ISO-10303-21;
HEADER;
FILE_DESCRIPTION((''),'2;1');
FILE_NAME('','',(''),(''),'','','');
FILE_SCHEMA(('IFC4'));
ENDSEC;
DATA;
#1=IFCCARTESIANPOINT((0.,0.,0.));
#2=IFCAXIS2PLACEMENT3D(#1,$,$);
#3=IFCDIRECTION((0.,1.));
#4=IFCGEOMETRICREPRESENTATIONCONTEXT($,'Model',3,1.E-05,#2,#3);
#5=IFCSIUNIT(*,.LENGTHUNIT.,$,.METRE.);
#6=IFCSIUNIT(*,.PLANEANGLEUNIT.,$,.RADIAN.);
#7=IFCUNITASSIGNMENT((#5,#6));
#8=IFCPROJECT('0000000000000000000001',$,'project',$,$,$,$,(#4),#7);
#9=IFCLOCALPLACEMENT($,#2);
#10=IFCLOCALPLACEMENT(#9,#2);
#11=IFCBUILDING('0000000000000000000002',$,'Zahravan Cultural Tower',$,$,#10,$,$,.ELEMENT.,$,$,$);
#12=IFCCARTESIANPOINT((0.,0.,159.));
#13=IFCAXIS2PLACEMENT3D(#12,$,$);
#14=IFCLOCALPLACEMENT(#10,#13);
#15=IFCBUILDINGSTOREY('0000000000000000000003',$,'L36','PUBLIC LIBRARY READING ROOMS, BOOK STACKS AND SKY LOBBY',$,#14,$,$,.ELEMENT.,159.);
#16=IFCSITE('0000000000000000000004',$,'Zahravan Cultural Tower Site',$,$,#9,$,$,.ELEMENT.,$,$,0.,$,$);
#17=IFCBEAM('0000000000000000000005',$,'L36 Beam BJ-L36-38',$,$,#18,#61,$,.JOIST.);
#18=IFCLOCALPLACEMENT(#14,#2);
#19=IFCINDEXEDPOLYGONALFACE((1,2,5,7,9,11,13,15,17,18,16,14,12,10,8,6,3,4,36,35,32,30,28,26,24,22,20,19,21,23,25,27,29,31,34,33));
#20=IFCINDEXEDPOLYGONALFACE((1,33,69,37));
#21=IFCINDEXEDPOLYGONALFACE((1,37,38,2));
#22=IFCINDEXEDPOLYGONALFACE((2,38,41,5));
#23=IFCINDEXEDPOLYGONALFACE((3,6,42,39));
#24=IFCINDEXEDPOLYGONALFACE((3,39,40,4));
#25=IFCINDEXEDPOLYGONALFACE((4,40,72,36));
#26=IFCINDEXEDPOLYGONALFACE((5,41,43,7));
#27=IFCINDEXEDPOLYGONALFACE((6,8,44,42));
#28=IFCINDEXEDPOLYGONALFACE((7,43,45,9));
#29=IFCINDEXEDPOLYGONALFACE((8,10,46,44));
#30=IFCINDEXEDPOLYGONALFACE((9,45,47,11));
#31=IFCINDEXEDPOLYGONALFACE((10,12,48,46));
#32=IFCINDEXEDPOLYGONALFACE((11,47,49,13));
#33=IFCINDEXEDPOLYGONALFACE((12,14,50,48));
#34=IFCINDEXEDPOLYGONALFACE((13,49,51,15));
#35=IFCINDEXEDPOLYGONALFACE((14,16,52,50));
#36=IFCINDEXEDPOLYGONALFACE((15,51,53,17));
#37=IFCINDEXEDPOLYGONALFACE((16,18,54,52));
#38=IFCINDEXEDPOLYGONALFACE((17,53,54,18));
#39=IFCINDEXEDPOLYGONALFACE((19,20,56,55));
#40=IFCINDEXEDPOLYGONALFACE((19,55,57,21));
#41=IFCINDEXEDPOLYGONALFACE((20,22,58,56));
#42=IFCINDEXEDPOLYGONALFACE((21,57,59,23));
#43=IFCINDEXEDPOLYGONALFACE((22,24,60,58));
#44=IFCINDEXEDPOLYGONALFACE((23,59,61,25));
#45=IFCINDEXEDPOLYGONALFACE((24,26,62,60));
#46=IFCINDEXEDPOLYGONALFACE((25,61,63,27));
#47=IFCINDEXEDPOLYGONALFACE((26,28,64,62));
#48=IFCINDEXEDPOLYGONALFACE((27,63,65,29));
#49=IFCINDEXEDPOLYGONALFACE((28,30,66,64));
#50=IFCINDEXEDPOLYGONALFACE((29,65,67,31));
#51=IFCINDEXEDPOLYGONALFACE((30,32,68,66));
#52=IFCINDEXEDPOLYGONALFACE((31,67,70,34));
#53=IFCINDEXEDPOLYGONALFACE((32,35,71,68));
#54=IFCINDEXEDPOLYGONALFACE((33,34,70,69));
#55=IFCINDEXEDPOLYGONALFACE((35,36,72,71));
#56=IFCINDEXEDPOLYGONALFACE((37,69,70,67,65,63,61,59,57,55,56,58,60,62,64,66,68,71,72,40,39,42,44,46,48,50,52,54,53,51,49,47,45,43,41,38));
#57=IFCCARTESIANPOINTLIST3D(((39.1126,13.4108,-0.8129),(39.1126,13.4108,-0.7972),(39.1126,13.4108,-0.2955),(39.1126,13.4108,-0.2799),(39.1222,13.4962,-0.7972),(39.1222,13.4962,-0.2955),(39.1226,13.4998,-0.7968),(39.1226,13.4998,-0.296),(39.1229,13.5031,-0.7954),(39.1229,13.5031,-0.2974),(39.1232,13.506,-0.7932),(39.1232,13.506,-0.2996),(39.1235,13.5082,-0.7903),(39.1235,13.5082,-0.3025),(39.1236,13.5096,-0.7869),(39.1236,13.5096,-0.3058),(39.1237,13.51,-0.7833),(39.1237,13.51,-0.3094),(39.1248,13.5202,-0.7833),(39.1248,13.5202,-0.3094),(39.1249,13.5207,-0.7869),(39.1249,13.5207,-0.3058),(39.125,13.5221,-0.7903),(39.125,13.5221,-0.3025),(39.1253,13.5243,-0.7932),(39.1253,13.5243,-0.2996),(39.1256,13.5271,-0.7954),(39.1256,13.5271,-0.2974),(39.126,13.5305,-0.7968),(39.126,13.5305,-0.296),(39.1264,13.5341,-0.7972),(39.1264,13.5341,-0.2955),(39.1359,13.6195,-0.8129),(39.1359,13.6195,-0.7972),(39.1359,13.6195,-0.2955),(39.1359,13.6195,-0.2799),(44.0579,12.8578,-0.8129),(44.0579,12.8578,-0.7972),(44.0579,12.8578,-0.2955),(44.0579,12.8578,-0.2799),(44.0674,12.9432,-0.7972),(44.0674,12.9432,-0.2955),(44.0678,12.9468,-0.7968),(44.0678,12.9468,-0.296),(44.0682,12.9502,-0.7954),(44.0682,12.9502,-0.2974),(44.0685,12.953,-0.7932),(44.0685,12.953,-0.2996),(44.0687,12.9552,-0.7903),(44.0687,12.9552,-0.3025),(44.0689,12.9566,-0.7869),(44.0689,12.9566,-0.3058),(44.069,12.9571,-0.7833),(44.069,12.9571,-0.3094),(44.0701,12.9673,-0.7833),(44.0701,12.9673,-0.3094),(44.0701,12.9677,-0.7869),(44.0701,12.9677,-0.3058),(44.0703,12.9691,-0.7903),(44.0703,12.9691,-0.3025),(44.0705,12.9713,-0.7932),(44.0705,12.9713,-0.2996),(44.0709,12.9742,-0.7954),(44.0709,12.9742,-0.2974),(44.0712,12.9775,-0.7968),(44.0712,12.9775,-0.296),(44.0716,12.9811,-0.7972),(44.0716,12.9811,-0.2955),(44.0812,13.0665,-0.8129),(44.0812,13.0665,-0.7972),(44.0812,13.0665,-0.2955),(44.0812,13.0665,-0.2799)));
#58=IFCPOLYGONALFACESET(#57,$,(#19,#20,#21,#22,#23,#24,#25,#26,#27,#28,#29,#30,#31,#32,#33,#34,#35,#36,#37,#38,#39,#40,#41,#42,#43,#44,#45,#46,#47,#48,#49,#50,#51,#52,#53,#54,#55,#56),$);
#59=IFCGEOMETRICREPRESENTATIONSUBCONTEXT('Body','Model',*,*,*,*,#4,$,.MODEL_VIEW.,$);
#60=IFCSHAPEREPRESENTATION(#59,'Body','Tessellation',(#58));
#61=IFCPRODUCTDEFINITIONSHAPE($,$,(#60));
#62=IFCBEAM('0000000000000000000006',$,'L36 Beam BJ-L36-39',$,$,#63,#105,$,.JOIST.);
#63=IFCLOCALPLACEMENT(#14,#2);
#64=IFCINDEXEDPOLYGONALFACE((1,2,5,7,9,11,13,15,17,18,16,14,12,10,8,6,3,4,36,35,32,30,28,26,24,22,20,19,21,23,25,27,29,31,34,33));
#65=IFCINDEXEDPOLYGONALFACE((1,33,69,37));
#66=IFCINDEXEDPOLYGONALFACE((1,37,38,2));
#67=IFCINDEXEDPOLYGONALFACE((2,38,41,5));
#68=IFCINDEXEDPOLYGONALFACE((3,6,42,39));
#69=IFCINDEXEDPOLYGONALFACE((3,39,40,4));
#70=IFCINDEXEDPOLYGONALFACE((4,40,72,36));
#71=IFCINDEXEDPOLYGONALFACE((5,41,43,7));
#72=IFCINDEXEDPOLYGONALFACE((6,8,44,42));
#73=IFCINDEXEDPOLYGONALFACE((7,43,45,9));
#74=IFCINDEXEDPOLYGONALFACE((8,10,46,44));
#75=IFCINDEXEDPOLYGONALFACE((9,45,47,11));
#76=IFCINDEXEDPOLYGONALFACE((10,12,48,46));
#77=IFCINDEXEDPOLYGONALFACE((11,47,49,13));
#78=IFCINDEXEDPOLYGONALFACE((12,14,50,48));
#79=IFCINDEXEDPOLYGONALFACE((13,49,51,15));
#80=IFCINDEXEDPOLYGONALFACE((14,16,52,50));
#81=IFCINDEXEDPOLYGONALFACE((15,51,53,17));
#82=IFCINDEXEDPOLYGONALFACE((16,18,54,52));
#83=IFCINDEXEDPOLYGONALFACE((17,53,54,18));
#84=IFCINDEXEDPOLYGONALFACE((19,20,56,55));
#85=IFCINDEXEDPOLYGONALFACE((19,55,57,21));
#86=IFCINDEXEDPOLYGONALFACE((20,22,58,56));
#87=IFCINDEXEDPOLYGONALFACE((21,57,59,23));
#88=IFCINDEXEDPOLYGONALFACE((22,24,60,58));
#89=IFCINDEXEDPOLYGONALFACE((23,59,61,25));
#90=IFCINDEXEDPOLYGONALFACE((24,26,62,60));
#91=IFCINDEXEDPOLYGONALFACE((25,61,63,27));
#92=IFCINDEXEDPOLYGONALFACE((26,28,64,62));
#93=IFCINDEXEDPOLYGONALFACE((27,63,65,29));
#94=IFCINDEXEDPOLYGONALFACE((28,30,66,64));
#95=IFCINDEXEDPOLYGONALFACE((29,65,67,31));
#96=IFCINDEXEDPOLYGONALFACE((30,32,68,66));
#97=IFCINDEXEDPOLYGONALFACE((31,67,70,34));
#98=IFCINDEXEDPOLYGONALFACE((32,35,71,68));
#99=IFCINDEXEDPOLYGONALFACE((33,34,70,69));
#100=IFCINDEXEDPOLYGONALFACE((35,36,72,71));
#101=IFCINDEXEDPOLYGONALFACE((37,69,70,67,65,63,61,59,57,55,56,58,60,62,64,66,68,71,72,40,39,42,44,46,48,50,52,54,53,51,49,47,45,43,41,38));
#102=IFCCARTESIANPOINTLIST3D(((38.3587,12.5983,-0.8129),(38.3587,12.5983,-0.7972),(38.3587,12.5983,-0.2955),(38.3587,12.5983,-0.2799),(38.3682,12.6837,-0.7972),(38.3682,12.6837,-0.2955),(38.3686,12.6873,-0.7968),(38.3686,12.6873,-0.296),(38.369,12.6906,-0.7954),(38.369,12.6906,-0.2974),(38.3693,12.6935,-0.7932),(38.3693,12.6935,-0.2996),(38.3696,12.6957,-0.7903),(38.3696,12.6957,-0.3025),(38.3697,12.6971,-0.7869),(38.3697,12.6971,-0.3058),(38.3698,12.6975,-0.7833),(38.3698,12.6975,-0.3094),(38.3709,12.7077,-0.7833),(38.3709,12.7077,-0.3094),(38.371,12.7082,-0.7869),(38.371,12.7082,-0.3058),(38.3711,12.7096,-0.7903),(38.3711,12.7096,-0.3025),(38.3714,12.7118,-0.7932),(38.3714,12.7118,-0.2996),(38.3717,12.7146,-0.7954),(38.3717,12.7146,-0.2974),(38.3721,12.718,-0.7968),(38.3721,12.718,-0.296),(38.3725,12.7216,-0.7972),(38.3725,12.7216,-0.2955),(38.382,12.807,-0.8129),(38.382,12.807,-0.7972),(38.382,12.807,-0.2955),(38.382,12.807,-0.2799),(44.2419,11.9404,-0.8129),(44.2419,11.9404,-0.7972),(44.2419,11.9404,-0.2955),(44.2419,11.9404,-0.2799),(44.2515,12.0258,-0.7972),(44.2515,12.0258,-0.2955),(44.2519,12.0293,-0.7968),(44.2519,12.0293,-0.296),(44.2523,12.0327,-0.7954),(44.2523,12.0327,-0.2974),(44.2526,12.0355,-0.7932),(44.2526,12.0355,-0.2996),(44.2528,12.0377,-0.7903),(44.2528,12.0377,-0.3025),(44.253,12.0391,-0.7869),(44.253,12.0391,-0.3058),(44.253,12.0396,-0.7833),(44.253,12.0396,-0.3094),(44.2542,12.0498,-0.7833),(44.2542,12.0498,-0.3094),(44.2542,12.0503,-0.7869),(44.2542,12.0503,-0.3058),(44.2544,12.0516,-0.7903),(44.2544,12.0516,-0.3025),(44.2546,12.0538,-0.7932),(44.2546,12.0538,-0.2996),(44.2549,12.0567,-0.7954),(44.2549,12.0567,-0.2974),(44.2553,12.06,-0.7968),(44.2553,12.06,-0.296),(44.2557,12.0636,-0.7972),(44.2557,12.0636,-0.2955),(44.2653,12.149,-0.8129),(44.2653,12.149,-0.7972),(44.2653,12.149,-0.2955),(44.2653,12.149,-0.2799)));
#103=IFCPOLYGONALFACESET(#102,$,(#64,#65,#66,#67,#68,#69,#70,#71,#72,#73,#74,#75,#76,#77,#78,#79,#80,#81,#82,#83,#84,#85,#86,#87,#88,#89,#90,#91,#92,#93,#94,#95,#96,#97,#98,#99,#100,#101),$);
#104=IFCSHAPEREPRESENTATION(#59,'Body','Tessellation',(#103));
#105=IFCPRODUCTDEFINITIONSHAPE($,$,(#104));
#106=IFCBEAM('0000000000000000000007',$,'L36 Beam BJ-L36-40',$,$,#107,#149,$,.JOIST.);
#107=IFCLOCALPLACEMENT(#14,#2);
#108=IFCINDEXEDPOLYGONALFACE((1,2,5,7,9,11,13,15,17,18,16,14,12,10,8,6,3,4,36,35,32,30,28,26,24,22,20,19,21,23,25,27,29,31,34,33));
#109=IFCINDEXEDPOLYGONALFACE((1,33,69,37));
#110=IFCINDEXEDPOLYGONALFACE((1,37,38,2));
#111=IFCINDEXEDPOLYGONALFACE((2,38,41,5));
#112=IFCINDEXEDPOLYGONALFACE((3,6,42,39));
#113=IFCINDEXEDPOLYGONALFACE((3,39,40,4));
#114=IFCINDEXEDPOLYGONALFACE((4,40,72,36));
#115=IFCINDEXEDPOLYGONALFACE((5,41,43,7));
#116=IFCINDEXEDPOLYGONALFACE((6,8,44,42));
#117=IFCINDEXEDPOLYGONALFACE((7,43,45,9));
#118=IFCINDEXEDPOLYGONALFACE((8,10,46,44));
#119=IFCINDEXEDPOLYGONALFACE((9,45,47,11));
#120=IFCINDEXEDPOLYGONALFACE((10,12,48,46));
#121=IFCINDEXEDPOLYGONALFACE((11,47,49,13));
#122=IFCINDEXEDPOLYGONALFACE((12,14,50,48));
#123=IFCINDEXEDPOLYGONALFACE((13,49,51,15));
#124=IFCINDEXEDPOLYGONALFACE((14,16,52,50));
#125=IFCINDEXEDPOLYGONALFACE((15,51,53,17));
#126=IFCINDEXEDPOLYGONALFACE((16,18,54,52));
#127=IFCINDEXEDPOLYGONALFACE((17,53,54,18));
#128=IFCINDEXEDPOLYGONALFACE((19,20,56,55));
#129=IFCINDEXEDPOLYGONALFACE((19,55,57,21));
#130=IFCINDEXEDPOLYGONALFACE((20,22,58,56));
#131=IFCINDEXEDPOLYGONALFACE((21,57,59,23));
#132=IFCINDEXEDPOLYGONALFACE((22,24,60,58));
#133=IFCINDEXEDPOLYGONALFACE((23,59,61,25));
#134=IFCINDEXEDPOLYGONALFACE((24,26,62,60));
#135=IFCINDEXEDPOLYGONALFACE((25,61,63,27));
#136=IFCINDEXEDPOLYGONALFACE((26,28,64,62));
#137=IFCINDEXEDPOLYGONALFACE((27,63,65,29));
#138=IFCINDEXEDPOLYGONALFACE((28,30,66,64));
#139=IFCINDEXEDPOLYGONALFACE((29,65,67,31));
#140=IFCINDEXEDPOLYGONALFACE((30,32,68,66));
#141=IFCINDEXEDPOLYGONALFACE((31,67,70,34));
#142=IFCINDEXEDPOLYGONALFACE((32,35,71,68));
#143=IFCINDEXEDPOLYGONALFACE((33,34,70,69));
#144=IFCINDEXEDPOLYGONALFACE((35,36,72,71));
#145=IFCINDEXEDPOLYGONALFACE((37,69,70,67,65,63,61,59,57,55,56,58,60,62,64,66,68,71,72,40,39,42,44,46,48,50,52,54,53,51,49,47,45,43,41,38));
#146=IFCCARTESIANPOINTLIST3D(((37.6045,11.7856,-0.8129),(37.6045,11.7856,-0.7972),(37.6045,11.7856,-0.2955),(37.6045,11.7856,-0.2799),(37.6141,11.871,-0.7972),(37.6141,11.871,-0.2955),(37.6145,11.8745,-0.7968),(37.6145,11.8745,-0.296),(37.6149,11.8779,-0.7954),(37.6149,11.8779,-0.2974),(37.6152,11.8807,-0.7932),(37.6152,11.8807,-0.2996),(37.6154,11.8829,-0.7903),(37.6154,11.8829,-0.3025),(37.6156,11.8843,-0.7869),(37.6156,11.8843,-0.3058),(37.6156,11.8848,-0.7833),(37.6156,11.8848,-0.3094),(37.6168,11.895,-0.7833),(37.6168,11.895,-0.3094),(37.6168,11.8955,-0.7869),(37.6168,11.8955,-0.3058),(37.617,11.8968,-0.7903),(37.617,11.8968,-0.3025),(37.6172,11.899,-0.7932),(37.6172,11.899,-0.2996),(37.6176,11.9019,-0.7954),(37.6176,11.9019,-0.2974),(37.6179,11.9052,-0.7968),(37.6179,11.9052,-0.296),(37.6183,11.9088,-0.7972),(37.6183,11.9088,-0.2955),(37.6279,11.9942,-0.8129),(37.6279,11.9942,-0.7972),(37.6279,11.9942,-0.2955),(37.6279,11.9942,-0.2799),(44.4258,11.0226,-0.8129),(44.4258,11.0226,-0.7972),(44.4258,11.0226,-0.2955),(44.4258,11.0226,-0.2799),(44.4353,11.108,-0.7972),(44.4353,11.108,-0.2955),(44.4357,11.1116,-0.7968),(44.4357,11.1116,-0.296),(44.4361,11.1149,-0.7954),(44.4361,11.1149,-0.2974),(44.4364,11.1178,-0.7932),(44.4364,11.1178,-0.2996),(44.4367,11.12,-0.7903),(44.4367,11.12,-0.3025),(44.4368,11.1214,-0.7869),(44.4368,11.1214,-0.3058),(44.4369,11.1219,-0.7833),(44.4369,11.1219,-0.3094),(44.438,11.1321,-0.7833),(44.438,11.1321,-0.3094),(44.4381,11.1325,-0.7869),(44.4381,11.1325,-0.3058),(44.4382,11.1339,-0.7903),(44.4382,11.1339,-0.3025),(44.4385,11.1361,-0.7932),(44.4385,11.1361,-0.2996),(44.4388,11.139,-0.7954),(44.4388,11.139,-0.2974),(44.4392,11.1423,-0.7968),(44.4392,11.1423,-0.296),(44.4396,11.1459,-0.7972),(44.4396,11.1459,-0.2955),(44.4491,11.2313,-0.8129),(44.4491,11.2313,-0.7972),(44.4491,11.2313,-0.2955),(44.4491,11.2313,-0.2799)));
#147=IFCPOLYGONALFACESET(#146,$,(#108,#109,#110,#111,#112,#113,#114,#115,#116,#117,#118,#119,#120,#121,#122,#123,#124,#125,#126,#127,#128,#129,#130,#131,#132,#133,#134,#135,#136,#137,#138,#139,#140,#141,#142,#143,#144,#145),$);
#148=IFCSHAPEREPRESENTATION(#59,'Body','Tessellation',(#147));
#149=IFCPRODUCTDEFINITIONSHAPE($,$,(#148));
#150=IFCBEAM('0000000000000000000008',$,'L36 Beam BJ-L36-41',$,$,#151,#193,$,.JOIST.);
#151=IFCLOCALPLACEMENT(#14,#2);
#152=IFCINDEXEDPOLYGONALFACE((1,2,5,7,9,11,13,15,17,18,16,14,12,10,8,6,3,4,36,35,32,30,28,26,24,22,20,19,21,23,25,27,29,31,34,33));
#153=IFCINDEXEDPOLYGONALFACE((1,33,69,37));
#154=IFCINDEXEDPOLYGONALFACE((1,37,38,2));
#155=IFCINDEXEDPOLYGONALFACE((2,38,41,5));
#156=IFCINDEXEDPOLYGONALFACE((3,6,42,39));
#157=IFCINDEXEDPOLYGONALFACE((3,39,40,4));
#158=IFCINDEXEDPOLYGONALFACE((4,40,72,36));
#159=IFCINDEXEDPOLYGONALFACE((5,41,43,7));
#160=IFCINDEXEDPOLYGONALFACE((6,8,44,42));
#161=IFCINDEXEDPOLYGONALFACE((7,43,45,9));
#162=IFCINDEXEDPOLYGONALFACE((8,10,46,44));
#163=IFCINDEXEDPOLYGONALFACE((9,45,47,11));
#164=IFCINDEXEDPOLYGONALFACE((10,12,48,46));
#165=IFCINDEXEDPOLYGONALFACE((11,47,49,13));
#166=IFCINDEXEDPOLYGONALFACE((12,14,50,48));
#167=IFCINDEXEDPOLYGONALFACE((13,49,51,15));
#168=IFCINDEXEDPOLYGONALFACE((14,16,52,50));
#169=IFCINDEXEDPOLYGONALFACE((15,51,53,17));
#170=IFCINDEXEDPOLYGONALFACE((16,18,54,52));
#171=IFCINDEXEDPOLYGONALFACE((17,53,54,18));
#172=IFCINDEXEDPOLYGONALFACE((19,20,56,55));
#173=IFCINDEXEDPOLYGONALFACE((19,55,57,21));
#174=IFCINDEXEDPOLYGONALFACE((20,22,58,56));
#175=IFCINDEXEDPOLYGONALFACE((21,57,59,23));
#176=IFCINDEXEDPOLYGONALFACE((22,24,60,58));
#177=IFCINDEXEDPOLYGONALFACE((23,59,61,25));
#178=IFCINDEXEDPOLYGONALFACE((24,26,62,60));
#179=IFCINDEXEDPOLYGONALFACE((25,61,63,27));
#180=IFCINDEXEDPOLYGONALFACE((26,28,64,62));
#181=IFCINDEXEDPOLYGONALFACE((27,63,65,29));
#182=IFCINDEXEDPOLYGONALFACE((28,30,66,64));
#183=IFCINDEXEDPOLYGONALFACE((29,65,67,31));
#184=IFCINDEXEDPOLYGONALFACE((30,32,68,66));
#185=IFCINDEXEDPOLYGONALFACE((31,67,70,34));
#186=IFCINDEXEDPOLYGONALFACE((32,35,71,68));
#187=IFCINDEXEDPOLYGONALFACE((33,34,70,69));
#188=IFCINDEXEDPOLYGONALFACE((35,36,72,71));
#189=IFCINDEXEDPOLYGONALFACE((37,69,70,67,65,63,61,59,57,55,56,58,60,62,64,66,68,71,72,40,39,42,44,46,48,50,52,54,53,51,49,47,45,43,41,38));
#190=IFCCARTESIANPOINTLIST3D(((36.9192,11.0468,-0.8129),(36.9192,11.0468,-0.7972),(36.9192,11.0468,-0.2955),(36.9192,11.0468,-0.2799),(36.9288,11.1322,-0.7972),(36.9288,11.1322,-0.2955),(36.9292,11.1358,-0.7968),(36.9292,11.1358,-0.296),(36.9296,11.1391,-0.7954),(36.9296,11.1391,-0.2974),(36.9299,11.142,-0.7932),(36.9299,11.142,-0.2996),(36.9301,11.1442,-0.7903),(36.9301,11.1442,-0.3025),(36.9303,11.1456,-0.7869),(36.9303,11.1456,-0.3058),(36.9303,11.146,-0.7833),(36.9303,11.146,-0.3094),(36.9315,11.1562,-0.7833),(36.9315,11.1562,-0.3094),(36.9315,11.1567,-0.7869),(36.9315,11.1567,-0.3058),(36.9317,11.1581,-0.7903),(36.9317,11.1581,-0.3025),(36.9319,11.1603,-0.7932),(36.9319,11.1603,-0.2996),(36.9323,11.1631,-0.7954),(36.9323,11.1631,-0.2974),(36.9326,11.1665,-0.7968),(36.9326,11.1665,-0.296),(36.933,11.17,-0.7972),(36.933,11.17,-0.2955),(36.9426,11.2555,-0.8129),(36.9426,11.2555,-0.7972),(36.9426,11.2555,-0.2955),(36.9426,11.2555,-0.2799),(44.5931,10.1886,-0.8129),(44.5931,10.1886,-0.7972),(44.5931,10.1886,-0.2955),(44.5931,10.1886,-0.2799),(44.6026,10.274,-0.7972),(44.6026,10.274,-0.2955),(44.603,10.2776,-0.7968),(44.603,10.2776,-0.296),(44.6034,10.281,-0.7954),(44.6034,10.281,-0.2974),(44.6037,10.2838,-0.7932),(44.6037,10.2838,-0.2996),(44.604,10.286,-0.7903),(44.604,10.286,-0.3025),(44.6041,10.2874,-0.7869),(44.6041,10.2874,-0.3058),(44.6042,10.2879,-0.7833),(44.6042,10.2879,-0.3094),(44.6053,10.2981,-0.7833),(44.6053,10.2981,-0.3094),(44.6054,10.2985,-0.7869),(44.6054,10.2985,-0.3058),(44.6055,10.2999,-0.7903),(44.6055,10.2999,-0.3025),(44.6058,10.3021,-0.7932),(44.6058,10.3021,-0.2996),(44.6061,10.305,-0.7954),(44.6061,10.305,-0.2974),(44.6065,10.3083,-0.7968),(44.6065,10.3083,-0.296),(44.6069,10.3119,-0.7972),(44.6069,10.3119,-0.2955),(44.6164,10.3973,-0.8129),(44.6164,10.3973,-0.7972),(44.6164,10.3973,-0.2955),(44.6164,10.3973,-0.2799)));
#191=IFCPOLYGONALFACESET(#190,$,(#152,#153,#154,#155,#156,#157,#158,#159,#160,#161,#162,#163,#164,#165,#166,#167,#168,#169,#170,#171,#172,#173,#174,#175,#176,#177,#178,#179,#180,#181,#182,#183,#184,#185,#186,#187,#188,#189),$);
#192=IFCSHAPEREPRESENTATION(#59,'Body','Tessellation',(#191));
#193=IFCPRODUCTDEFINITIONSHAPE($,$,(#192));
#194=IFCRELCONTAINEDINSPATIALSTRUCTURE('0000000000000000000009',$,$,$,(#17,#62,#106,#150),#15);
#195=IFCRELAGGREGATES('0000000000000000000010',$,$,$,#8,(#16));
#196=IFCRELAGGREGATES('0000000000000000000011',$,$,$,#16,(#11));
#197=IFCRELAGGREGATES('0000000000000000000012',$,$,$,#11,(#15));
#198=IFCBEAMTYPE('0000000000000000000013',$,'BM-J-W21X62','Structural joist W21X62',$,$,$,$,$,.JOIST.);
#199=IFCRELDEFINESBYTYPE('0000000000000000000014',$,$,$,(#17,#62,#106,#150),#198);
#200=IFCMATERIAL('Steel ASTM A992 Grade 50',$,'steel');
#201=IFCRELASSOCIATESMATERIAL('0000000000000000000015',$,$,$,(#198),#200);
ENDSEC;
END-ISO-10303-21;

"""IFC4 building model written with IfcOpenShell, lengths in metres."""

from ifc_helpers import new_model, si_unit, direction, frame, origin, origin_2d, place, context, subcontext, project, spatial, i_section, extrude, source, transform, mapped, material, material_profile, profile_set, type_object, element, save


model = new_model("IFC4")

# Units and contexts
model_context = context("Model", 3, precision=1e-05, world=origin(), true_north=direction((0.0, 1.0)))
body_context = subcontext(model_context, "Body", "Model", "MODEL_VIEW")
ifc_project = project(units=[si_unit("LENGTHUNIT", "METRE"), si_unit("PLANEANGLEUNIT", "RADIAN")], contexts=[model_context])

# Site, building, storey
site_placement = place(None, origin())
site = spatial("IfcSite", under=ifc_project, at=site_placement, Name="Zahravan Cultural Tower Site", CompositionType="ELEMENT", RefElevation=0.0)
building_placement = place(site_placement, origin())
building = spatial("IfcBuilding", under=site, at=building_placement, Name="Zahravan Cultural Tower", CompositionType="ELEMENT")
storey_placement = place(building_placement, frame((0.0, 0.0, 159.0)))
storey = spatial("IfcBuildingStorey", under=building, at=storey_placement, Name="L36", Description="PUBLIC LIBRARY READING ROOMS, BOOK STACKS AND SKY LOBBY", CompositionType="ELEMENT", Elevation=159.0)

# Beams
ifc_material_1 = material(Name="Steel ASTM A992 Grade 50", Category="steel")
ifc_material_profile_1 = material_profile(ifc_material_1, i_section(OverallWidth=0.21, OverallDepth=0.533, WebThickness=0.0103, FlangeThickness=0.0156, FilletRadius=0.0139, at=origin_2d()), Name="W21X62")
ifc_profile_set_1 = profile_set([ifc_material_profile_1], Name="Steel ASTM A992 Grade 50")
beam_type = type_object("IfcBeamType", Name="BM-J-W21X62", Description="Structural joist W21X62", PredefinedType="JOIST", material=ifc_profile_set_1)
shared_shape_1 = source(origin(), body_context, "Body", "SweptSolid", [
    extrude(i_section(OverallWidth=0.21, OverallDepth=0.533, WebThickness=0.0103, FlangeThickness=0.0156, FilletRadius=0.0139, at=origin_2d()), origin(), (0.0, 0.0, 1.0), 4.9761),
])
beam_1_placement = place(storey_placement, frame((39.1243, 13.5151, -0.5464), z_axis=(0.993806, -0.111126, 0.0), x_axis=(0.111126, 0.993806, 0.0)))
element("IfcBeam", 1, at=beam_1_placement, inside=storey, type_object=beam_type, Name="L36 Beam BJ-L36-38", PredefinedType="JOIST", context=body_context, shape_type="MappedRepresentation", body=[
    mapped(shared_shape_1, transform((0.0, 0.0, 0.0), x_axis=(1.0, 0.0, 0.0), y_axis=(0.0, 1.0, 0.0), z_axis=(0.0, 0.0, 1.0), scale=1.0)),
])
shared_shape_2 = source(origin(), body_context, "Body", "SweptSolid", [
    extrude(i_section(OverallWidth=0.21, OverallDepth=0.533, WebThickness=0.0103, FlangeThickness=0.0156, FilletRadius=0.0139, at=origin_2d()), origin(), (0.0, 0.0, 1.0), 5.9199),
])
beam_2_placement = place(storey_placement, frame((38.3704, 12.7026, -0.5464), z_axis=(0.993805, -0.111142, 0.0), x_axis=(0.111142, 0.993805, 0.0)))
element("IfcBeam", 2, at=beam_2_placement, inside=storey, type_object=beam_type, Name="L36 Beam BJ-L36-39", PredefinedType="JOIST", context=body_context, shape_type="MappedRepresentation", body=[
    mapped(shared_shape_2, transform((0.0, 0.0, 0.0), x_axis=(1.0, 0.0, 0.0), y_axis=(0.0, 1.0, 0.0), z_axis=(0.0, 0.0, 1.0), scale=1.0)),
])
shared_shape_3 = source(origin(), body_context, "Body", "SweptSolid", [
    extrude(i_section(OverallWidth=0.21, OverallDepth=0.533, WebThickness=0.0103, FlangeThickness=0.0156, FilletRadius=0.0139, at=origin_2d()), origin(), (0.0, 0.0, 1.0), 6.8638),
])
beam_3_placement = place(storey_placement, frame((37.6162, 11.8899, -0.5464), z_axis=(0.993803, -0.111154, 0.0), x_axis=(0.111154, 0.993803, 0.0)))
element("IfcBeam", 3, at=beam_3_placement, inside=storey, type_object=beam_type, Name="L36 Beam BJ-L36-40", PredefinedType="JOIST", context=body_context, shape_type="MappedRepresentation", body=[
    mapped(shared_shape_3, transform((0.0, 0.0, 0.0), x_axis=(1.0, 0.0, 0.0), y_axis=(0.0, 1.0, 0.0), z_axis=(0.0, 0.0, 1.0), scale=1.0)),
])
shared_shape_4 = source(origin(), body_context, "Body", "SweptSolid", [
    extrude(i_section(OverallWidth=0.21, OverallDepth=0.533, WebThickness=0.0103, FlangeThickness=0.0156, FilletRadius=0.0139, at=origin_2d()), origin(), (0.0, 0.0, 1.0), 7.7217),
])
beam_4_placement = place(storey_placement, frame((36.9309, 11.1511, -0.5464), z_axis=(0.993805, -0.111136, 0.0), x_axis=(0.111136, 0.993805, 0.0)))
element("IfcBeam", 4, at=beam_4_placement, inside=storey, type_object=beam_type, Name="L36 Beam BJ-L36-41", PredefinedType="JOIST", context=body_context, shape_type="MappedRepresentation", body=[
    mapped(shared_shape_4, transform((0.0, 0.0, 0.0), x_axis=(1.0, 0.0, 0.0), y_axis=(0.0, 1.0, 0.0), z_axis=(0.0, 0.0, 1.0), scale=1.0)),
])

save(model, "model.ifc")
